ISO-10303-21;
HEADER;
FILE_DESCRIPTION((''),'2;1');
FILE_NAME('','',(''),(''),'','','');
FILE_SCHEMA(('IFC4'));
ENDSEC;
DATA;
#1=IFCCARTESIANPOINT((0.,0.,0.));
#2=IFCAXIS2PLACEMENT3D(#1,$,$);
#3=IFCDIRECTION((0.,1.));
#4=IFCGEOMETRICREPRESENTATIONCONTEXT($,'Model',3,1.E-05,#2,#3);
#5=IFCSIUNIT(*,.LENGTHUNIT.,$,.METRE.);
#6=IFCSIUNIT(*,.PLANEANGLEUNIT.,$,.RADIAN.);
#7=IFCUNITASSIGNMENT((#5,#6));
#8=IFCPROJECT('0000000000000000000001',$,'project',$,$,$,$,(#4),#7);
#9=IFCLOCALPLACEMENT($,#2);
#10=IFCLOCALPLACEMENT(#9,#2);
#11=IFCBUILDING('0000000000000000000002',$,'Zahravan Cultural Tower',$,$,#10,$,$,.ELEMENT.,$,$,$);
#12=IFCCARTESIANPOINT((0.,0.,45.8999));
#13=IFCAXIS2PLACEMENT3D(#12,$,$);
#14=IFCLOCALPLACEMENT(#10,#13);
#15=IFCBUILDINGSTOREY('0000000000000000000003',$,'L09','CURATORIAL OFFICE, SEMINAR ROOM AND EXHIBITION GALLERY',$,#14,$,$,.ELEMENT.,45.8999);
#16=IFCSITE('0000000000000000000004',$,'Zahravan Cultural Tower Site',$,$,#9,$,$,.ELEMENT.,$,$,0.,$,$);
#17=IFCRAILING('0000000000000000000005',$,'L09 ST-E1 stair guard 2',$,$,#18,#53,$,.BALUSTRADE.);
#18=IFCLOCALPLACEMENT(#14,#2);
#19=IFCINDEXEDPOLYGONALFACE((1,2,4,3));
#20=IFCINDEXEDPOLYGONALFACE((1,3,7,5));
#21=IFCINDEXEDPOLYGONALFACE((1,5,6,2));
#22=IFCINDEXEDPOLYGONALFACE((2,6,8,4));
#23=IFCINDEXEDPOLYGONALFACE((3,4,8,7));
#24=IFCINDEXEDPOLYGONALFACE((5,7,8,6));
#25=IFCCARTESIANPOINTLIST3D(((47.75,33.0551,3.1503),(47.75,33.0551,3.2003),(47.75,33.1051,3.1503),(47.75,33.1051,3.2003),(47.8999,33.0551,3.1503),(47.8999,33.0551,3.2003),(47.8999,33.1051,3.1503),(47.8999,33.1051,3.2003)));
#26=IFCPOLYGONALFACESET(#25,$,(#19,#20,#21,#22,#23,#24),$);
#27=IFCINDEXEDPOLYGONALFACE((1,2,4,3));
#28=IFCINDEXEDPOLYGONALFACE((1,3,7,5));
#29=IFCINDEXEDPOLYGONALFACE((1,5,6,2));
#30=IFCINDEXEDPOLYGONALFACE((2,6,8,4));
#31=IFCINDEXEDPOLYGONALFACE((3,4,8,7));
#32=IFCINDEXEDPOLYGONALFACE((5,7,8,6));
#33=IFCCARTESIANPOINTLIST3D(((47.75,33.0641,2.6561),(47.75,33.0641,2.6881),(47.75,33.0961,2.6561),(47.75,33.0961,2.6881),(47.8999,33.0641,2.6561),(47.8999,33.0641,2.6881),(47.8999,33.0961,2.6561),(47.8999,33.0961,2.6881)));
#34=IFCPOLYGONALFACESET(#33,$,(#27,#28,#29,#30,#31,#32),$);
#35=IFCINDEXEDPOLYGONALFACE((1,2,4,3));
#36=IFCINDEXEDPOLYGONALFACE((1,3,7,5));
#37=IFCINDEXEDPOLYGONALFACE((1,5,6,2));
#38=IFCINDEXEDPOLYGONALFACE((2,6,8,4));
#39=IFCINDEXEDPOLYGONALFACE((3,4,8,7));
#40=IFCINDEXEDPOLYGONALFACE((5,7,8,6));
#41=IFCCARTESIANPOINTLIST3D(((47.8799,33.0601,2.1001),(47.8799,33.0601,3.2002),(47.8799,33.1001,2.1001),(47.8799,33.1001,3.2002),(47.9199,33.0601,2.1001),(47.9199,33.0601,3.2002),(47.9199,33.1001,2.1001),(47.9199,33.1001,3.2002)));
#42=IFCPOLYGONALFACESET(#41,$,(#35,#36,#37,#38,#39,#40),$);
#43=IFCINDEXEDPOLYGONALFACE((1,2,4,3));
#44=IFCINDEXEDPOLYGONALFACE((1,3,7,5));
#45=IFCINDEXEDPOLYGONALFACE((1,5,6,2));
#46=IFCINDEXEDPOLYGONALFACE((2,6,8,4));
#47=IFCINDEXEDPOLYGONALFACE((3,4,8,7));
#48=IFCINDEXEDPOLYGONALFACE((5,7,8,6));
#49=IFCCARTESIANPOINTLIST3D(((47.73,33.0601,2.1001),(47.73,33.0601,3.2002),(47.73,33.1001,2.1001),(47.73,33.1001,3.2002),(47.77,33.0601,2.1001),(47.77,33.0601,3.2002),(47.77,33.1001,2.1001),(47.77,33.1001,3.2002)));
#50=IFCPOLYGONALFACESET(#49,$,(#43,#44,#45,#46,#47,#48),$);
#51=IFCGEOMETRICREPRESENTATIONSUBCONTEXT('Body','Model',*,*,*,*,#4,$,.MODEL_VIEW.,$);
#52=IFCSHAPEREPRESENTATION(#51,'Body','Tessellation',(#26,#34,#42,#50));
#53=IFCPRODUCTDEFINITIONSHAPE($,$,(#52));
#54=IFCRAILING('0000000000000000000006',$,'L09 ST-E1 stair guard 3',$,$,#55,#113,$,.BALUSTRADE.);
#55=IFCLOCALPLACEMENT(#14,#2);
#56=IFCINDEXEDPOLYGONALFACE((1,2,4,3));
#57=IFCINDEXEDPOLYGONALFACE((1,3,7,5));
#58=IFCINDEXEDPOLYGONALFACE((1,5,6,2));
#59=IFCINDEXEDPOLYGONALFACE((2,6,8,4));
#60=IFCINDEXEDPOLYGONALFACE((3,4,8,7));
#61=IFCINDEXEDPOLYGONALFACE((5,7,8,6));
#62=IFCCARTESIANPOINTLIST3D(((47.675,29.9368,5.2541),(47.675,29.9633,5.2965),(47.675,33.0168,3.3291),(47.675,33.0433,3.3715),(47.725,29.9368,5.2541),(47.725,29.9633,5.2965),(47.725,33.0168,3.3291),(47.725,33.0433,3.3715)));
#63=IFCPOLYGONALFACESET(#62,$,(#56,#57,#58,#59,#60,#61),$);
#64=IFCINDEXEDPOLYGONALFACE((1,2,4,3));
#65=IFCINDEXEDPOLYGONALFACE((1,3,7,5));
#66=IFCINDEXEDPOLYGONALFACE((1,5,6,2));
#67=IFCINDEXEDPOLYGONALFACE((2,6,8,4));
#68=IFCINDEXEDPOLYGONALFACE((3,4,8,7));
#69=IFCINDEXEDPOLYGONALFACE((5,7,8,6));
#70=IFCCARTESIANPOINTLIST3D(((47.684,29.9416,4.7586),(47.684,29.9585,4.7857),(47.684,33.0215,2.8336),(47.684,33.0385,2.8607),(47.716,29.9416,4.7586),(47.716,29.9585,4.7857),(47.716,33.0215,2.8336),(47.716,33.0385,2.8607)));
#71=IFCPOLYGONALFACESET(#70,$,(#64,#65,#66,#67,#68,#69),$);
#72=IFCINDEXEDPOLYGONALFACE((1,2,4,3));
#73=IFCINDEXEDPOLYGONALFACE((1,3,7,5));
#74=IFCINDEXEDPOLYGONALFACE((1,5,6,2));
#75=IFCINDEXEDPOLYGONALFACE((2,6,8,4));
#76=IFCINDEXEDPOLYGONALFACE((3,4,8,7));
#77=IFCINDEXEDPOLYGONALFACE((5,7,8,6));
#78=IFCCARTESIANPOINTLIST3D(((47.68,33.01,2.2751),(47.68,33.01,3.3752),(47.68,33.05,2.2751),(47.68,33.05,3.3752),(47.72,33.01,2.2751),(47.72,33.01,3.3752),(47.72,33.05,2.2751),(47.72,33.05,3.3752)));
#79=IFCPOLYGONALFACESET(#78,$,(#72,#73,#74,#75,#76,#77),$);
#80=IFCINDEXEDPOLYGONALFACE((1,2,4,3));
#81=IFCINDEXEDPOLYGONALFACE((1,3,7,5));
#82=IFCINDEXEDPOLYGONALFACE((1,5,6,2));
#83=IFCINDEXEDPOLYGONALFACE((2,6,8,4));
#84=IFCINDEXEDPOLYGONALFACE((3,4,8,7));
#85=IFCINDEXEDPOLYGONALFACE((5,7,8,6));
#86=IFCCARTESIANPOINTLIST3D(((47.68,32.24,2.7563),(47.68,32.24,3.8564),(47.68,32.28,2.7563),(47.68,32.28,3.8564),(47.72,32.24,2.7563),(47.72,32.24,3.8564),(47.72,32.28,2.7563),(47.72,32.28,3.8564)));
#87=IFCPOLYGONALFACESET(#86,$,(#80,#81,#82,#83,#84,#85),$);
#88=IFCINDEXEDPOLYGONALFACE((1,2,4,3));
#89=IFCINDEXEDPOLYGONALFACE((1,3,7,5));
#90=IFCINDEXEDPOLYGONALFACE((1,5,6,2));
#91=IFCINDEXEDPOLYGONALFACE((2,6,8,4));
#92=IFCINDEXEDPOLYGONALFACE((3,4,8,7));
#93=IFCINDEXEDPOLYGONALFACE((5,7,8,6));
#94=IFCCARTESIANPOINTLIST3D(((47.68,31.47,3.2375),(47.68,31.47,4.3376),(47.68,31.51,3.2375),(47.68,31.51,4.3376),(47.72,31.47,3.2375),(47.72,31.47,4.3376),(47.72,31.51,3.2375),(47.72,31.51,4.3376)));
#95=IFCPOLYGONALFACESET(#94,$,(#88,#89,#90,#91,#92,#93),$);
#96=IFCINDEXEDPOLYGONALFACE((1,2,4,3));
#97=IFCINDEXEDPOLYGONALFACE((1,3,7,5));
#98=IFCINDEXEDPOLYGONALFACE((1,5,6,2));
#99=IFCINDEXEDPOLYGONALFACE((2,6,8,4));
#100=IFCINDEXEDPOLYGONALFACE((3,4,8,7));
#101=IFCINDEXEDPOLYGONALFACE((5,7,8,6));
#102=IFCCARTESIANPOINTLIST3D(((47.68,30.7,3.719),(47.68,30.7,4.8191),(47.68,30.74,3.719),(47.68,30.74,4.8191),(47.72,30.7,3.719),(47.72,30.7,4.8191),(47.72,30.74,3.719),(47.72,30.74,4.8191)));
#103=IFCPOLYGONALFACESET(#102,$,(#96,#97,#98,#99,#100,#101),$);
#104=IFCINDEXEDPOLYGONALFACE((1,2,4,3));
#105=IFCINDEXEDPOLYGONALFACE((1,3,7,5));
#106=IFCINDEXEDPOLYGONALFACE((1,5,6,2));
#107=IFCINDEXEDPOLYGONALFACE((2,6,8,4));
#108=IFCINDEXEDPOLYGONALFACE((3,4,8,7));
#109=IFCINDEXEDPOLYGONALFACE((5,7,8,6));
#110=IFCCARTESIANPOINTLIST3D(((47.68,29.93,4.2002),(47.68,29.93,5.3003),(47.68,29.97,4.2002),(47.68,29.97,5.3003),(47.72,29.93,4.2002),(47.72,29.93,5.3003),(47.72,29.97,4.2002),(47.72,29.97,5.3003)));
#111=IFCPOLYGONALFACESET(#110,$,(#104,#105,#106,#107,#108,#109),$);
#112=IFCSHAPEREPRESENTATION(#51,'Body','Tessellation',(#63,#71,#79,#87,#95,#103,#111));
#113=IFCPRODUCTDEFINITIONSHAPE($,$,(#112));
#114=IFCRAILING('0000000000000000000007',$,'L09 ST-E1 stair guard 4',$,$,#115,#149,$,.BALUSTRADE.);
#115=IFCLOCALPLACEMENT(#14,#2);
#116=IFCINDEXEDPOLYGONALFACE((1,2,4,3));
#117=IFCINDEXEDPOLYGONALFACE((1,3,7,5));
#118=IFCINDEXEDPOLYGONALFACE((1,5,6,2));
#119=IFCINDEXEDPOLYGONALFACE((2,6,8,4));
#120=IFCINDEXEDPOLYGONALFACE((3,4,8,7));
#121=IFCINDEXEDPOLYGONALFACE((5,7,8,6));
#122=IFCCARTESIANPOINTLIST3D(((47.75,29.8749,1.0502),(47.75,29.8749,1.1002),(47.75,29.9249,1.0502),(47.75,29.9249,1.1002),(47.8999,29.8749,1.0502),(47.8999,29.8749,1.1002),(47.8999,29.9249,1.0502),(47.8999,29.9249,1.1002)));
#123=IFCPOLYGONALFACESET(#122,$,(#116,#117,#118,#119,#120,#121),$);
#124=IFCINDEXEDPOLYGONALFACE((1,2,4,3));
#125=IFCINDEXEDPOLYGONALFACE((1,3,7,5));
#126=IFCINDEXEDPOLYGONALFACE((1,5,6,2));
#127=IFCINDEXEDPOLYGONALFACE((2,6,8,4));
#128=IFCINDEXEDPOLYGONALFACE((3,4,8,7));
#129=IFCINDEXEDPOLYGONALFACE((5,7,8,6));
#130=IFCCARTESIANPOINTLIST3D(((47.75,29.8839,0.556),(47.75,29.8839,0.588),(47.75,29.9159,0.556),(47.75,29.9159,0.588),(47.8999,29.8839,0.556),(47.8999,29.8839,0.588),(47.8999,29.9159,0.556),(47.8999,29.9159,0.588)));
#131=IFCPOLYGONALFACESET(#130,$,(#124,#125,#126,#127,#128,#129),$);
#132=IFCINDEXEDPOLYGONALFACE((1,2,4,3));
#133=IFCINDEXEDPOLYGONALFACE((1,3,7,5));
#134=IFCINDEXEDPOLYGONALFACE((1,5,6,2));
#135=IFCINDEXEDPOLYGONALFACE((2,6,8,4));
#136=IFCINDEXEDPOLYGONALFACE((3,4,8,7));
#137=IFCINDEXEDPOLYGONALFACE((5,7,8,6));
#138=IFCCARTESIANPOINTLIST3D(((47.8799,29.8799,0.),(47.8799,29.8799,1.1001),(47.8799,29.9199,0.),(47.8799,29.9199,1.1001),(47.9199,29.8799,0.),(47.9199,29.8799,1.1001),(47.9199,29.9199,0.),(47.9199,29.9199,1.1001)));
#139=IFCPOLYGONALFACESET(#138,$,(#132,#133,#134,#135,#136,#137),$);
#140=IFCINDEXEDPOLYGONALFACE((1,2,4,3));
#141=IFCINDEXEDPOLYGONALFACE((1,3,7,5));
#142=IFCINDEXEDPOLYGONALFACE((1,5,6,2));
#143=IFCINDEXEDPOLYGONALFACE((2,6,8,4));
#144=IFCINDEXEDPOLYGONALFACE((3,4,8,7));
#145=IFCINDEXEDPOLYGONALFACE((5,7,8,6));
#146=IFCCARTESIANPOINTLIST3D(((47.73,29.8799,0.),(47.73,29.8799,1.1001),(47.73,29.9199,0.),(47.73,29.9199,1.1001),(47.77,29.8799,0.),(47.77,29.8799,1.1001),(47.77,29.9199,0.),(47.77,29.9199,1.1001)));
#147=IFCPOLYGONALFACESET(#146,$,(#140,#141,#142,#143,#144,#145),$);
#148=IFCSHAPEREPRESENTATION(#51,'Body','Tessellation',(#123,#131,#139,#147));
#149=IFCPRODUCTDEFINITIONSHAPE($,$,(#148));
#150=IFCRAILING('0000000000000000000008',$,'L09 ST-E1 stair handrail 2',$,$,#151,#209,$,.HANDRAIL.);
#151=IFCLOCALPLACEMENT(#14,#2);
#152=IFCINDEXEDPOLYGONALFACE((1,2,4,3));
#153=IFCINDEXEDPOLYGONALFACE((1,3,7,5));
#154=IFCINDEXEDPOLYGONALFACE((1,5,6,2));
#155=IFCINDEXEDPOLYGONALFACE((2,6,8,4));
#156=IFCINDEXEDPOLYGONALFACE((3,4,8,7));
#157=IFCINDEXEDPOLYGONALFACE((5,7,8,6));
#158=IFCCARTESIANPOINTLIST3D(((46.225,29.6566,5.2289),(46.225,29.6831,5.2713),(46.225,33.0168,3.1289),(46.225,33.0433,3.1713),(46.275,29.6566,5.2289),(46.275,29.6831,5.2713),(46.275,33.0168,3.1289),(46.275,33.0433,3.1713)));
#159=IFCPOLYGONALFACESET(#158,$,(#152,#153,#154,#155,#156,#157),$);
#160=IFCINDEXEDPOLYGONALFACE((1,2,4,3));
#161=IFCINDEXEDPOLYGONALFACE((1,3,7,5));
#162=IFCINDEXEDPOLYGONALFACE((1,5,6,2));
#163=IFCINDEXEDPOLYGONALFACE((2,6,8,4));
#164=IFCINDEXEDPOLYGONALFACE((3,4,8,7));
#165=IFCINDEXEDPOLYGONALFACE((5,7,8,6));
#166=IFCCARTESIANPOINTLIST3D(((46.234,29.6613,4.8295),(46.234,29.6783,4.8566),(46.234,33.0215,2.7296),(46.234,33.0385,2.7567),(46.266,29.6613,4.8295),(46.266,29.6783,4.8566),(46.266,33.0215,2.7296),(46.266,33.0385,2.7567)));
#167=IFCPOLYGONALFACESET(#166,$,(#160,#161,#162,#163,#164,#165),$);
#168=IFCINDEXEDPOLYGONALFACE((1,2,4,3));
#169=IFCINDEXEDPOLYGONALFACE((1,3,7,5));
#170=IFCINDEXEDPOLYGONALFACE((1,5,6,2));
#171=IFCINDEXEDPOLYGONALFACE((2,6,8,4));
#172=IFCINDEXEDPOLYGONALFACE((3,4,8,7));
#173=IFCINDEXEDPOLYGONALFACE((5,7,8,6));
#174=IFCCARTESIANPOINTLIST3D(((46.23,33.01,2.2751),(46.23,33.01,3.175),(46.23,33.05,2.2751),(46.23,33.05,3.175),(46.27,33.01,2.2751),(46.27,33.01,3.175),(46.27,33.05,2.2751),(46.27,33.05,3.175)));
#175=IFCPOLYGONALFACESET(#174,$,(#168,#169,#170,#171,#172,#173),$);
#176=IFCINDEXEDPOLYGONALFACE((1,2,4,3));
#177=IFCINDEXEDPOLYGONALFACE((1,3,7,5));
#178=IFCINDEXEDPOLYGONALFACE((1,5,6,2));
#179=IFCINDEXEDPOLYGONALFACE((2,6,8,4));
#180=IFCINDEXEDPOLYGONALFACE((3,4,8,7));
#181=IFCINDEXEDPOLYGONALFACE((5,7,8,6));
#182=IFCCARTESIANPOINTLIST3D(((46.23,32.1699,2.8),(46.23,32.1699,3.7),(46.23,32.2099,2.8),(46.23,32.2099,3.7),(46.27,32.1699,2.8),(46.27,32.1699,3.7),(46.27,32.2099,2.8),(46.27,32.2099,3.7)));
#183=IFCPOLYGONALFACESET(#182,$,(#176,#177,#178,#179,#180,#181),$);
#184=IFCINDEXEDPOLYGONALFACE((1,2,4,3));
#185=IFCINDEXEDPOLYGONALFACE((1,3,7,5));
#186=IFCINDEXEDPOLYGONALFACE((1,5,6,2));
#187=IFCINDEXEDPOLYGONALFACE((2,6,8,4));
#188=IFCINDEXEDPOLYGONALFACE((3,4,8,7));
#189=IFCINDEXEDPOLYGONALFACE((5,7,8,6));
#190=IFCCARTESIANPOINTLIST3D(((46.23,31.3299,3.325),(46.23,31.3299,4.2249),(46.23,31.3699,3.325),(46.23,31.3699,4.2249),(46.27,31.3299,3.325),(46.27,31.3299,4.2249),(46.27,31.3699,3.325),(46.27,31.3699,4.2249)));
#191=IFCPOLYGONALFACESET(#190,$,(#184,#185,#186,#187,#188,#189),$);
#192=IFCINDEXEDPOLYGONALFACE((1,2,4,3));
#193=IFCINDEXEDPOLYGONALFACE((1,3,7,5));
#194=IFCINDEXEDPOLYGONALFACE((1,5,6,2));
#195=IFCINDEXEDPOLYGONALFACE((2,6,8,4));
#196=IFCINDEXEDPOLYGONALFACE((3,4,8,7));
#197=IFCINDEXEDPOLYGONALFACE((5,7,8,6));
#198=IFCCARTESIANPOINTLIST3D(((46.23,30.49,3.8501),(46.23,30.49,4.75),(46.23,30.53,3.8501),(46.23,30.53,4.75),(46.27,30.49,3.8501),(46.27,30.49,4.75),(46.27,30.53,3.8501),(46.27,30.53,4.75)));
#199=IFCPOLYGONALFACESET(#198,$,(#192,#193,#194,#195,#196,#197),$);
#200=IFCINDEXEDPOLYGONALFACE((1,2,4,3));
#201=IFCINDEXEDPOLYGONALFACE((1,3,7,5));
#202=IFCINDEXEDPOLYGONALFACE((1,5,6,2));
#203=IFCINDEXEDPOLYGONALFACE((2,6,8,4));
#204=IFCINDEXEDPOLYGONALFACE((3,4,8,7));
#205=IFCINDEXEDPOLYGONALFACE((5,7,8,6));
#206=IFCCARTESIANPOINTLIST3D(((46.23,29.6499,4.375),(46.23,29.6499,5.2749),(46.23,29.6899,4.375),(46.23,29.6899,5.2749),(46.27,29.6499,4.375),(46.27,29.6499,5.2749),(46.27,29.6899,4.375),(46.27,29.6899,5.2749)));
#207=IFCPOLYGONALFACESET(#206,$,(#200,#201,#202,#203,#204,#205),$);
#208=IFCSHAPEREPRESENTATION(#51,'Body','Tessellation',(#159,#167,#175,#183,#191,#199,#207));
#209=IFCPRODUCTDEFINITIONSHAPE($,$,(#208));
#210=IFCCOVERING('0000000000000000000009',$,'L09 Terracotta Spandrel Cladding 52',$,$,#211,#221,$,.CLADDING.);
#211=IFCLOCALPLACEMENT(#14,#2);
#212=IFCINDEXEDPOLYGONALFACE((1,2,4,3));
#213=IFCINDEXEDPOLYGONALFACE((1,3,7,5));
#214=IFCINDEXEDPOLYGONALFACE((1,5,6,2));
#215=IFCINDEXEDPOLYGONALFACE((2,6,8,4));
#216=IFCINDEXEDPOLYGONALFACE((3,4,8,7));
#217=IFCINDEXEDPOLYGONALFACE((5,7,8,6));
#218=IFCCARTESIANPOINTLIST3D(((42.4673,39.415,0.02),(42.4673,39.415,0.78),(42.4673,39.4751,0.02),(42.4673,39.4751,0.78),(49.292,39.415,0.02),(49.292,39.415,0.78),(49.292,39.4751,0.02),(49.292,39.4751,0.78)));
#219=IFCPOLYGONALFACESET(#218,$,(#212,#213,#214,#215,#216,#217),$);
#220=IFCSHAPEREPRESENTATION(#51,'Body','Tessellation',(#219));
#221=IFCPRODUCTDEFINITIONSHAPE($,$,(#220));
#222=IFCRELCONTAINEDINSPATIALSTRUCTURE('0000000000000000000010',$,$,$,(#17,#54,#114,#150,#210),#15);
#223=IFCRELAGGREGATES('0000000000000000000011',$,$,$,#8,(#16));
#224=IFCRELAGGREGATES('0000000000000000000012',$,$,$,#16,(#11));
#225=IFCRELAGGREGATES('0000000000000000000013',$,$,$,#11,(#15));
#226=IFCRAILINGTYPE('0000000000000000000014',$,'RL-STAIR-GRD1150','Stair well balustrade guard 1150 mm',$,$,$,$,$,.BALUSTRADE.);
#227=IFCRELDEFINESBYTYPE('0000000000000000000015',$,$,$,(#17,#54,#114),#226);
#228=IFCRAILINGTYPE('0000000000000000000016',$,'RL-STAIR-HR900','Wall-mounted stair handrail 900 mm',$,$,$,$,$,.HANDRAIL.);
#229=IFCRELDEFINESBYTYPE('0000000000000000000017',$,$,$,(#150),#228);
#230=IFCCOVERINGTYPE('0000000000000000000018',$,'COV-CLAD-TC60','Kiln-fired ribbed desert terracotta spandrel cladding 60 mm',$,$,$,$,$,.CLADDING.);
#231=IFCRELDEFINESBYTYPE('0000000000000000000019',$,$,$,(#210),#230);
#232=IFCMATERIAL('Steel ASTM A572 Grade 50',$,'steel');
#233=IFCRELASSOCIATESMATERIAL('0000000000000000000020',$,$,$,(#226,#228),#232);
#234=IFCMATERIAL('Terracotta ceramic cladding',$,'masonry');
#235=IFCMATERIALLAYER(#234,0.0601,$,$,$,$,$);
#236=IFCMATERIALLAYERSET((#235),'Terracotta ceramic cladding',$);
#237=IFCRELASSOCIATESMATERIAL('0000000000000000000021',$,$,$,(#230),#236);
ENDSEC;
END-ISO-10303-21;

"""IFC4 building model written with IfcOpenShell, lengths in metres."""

from ifc_helpers import new_model, si_unit, direction, frame, origin, origin_2d, place, context, subcontext, project, spatial, rectangle, extrude, source, transform, mapped, material, layer, layer_set, type_object, element, save


model = new_model("IFC4")

# Units and contexts
model_context = context("Model", 3, precision=1e-05, world=origin(), true_north=direction((0.0, 1.0)))
body_context = subcontext(model_context, "Body", "Model", "MODEL_VIEW")
ifc_project = project(units=[si_unit("LENGTHUNIT", "METRE"), si_unit("PLANEANGLEUNIT", "RADIAN")], contexts=[model_context])

# Site, building, storey
site_placement = place(None, origin())
site = spatial("IfcSite", under=ifc_project, at=site_placement, Name="Zahravan Cultural Tower Site", CompositionType="ELEMENT", RefElevation=0.0)
building_placement = place(site_placement, origin())
building = spatial("IfcBuilding", under=site, at=building_placement, Name="Zahravan Cultural Tower", CompositionType="ELEMENT")
storey_placement = place(building_placement, frame((0.0, 0.0, 45.8999)))
storey = spatial("IfcBuildingStorey", under=building, at=storey_placement, Name="L09", Description="CURATORIAL OFFICE, SEMINAR ROOM AND EXHIBITION GALLERY", CompositionType="ELEMENT", Elevation=45.8999)

# Shared definitions
ifc_material_1 = material(Name="Steel ASTM A572 Grade 50", Category="steel")

# Railings
railing_type_1 = type_object("IfcRailingType", Name="RL-STAIR-GRD1150", Description="Stair well balustrade guard 1150 mm", PredefinedType="BALUSTRADE", material=ifc_material_1)
railing_1_placement = place(storey_placement, frame((47.8999, 33.0801, 2.1001)))
element("IfcRailing", 1, at=railing_1_placement, inside=storey, type_object=railing_type_1, Name="L09 ST-E1 stair guard 2", PredefinedType="BALUSTRADE", context=body_context, shape_type="SweptSolid", body=[
    extrude(rectangle(XDim=0.05, YDim=0.05, at=origin_2d()), frame((0.0, 0.0, 1.0752), z_axis=(-1.0, 0.0, 0.0), x_axis=(0.0, -1.0, 0.0)), (0.0, 0.0, 1.0), 0.1499),
    extrude(rectangle(XDim=0.032, YDim=0.032, at=origin_2d()), frame((0.0, 0.0, 0.572), z_axis=(-1.0, 0.0, 0.0), x_axis=(0.0, -1.0, 0.0)), (0.0, 0.0, 1.0), 0.1499),
    extrude(rectangle(XDim=0.04, YDim=0.04, at=origin_2d()), origin(), (0.0, 0.0, 1.0), 1.1001),
    extrude(rectangle(XDim=0.04, YDim=0.04, at=origin_2d()), frame((-0.1499, 0.0, 0.0)), (0.0, 0.0, 1.0), 1.1001),
])
railing_2_placement = place(storey_placement, frame((47.7, 33.03, 2.2751)))
element("IfcRailing", 2, at=railing_2_placement, inside=storey, type_object=railing_type_1, Name="L09 ST-E1 stair guard 3", PredefinedType="BALUSTRADE", context=body_context, shape_type="SweptSolid", body=[
    extrude(rectangle(XDim=0.05, YDim=0.05, at=origin_2d()), frame((0.0, 0.0, 1.0752), z_axis=(0.0, -0.847998, 0.529999), x_axis=(1.0, 0.0, 0.0)), (0.0, 0.0, 1.0), 3.6321),
    extrude(rectangle(XDim=0.032, YDim=0.032, at=origin_2d()), frame((0.0, 0.0, 0.572), z_axis=(0.0, -0.847998, 0.529999), x_axis=(1.0, 0.0, 0.0)), (0.0, 0.0, 1.0), 3.6321),
    extrude(rectangle(XDim=0.04, YDim=0.04, at=origin_2d()), origin(), (0.0, 0.0, 1.0), 1.1001),
    extrude(rectangle(XDim=0.04, YDim=0.04, at=origin_2d()), frame((0.0, -0.77, 0.4812)), (0.0, 0.0, 1.0), 1.1001),
    extrude(rectangle(XDim=0.04, YDim=0.04, at=origin_2d()), frame((0.0, -1.54, 0.9624)), (0.0, 0.0, 1.0), 1.1001),
    extrude(rectangle(XDim=0.04, YDim=0.04, at=origin_2d()), frame((0.0, -2.3101, 1.4438)), (0.0, 0.0, 1.0), 1.1001),
    extrude(rectangle(XDim=0.04, YDim=0.04, at=origin_2d()), frame((0.0, -3.0801, 1.925)), (0.0, 0.0, 1.0), 1.1001),
])
railing_3_placement = place(storey_placement, frame((47.8999, 29.8999, 0.0)))
element("IfcRailing", 3, at=railing_3_placement, inside=storey, type_object=railing_type_1, Name="L09 ST-E1 stair guard 4", PredefinedType="BALUSTRADE", context=body_context, shape_type="SweptSolid", body=[
    extrude(rectangle(XDim=0.05, YDim=0.05, at=origin_2d()), frame((0.0, 0.0, 1.0752), z_axis=(-1.0, 0.0, 0.0), x_axis=(0.0, -1.0, 0.0)), (0.0, 0.0, 1.0), 0.1499),
    extrude(rectangle(XDim=0.032, YDim=0.032, at=origin_2d()), frame((0.0, 0.0, 0.572), z_axis=(-1.0, 0.0, 0.0), x_axis=(0.0, -1.0, 0.0)), (0.0, 0.0, 1.0), 0.1499),
    extrude(rectangle(XDim=0.04, YDim=0.04, at=origin_2d()), origin(), (0.0, 0.0, 1.0), 1.1001),
    extrude(rectangle(XDim=0.04, YDim=0.04, at=origin_2d()), frame((-0.1499, 0.0, 0.0)), (0.0, 0.0, 1.0), 1.1001),
])
railing_type_2 = type_object("IfcRailingType", Name="RL-STAIR-HR900", Description="Wall-mounted stair handrail 900 mm", PredefinedType="HANDRAIL", material=ifc_material_1)
railing_4_placement = place(storey_placement, frame((46.25, 33.03, 2.2751)))
element("IfcRailing", 4, at=railing_4_placement, inside=storey, type_object=railing_type_2, Name="L09 ST-E1 stair handrail 2", PredefinedType="HANDRAIL", context=body_context, shape_type="SweptSolid", body=[
    extrude(rectangle(XDim=0.05, YDim=0.05, at=origin_2d()), frame((0.0, 0.0, 0.875), z_axis=(0.0, -0.848023, 0.52996), x_axis=(1.0, 0.0, 0.0)), (0.0, 0.0, 1.0), 3.9624),
    extrude(rectangle(XDim=0.032, YDim=0.032, at=origin_2d()), frame((0.0, 0.0, 0.468), z_axis=(0.0, -0.848023, 0.52996), x_axis=(1.0, 0.0, 0.0)), (0.0, 0.0, 1.0), 3.9624),
    extrude(rectangle(XDim=0.04, YDim=0.04, at=origin_2d()), origin(), (0.0, 0.0, 1.0), 0.8999),
    extrude(rectangle(XDim=0.04, YDim=0.04, at=origin_2d()), frame((0.0, -0.8401, 0.5249)), (0.0, 0.0, 1.0), 0.8999),
    extrude(rectangle(XDim=0.04, YDim=0.04, at=origin_2d()), frame((0.0, -1.6802, 1.0498)), (0.0, 0.0, 1.0), 0.8999),
    extrude(rectangle(XDim=0.04, YDim=0.04, at=origin_2d()), frame((0.0, -2.52, 1.575)), (0.0, 0.0, 1.0), 0.8999),
    extrude(rectangle(XDim=0.04, YDim=0.04, at=origin_2d()), frame((0.0, -3.3601, 2.0999)), (0.0, 0.0, 1.0), 0.8999),
])

# Covering
ifc_material_2 = material(Name="Terracotta ceramic cladding", Category="masonry")
ifc_layer_1 = layer(ifc_material_2, 0.0601)
ifc_layer_set_1 = layer_set([ifc_layer_1], Name="Terracotta ceramic cladding")
covering_type = type_object("IfcCoveringType", Name="COV-CLAD-TC60", Description="Kiln-fired ribbed desert terracotta spandrel cladding 60 mm", PredefinedType="CLADDING", material=ifc_layer_set_1)
shared_shape_1 = source(origin(), body_context, "Body", "SweptSolid", [
    extrude(rectangle(XDim=6.8247, YDim=0.0601, at=origin_2d()), origin(), (0.0, 0.0, 1.0), 0.76),
])
covering_placement = place(storey_placement, frame((45.8796, 39.4451, 0.02), z_axis=(0.0, 0.0, 1.0), x_axis=(1.0, 0.0, 0.0)))
element("IfcCovering", 5, at=covering_placement, inside=storey, type_object=covering_type, Name="L09 Terracotta Spandrel Cladding 52", PredefinedType="CLADDING", context=body_context, shape_type="MappedRepresentation", body=[
    mapped(shared_shape_1, transform((0.0, 0.0, 0.0), x_axis=(1.0, 0.0, 0.0), y_axis=(0.0, 1.0, 0.0), z_axis=(0.0, 0.0, 1.0), scale=1.0)),
])

save(model, "model.ifc")
